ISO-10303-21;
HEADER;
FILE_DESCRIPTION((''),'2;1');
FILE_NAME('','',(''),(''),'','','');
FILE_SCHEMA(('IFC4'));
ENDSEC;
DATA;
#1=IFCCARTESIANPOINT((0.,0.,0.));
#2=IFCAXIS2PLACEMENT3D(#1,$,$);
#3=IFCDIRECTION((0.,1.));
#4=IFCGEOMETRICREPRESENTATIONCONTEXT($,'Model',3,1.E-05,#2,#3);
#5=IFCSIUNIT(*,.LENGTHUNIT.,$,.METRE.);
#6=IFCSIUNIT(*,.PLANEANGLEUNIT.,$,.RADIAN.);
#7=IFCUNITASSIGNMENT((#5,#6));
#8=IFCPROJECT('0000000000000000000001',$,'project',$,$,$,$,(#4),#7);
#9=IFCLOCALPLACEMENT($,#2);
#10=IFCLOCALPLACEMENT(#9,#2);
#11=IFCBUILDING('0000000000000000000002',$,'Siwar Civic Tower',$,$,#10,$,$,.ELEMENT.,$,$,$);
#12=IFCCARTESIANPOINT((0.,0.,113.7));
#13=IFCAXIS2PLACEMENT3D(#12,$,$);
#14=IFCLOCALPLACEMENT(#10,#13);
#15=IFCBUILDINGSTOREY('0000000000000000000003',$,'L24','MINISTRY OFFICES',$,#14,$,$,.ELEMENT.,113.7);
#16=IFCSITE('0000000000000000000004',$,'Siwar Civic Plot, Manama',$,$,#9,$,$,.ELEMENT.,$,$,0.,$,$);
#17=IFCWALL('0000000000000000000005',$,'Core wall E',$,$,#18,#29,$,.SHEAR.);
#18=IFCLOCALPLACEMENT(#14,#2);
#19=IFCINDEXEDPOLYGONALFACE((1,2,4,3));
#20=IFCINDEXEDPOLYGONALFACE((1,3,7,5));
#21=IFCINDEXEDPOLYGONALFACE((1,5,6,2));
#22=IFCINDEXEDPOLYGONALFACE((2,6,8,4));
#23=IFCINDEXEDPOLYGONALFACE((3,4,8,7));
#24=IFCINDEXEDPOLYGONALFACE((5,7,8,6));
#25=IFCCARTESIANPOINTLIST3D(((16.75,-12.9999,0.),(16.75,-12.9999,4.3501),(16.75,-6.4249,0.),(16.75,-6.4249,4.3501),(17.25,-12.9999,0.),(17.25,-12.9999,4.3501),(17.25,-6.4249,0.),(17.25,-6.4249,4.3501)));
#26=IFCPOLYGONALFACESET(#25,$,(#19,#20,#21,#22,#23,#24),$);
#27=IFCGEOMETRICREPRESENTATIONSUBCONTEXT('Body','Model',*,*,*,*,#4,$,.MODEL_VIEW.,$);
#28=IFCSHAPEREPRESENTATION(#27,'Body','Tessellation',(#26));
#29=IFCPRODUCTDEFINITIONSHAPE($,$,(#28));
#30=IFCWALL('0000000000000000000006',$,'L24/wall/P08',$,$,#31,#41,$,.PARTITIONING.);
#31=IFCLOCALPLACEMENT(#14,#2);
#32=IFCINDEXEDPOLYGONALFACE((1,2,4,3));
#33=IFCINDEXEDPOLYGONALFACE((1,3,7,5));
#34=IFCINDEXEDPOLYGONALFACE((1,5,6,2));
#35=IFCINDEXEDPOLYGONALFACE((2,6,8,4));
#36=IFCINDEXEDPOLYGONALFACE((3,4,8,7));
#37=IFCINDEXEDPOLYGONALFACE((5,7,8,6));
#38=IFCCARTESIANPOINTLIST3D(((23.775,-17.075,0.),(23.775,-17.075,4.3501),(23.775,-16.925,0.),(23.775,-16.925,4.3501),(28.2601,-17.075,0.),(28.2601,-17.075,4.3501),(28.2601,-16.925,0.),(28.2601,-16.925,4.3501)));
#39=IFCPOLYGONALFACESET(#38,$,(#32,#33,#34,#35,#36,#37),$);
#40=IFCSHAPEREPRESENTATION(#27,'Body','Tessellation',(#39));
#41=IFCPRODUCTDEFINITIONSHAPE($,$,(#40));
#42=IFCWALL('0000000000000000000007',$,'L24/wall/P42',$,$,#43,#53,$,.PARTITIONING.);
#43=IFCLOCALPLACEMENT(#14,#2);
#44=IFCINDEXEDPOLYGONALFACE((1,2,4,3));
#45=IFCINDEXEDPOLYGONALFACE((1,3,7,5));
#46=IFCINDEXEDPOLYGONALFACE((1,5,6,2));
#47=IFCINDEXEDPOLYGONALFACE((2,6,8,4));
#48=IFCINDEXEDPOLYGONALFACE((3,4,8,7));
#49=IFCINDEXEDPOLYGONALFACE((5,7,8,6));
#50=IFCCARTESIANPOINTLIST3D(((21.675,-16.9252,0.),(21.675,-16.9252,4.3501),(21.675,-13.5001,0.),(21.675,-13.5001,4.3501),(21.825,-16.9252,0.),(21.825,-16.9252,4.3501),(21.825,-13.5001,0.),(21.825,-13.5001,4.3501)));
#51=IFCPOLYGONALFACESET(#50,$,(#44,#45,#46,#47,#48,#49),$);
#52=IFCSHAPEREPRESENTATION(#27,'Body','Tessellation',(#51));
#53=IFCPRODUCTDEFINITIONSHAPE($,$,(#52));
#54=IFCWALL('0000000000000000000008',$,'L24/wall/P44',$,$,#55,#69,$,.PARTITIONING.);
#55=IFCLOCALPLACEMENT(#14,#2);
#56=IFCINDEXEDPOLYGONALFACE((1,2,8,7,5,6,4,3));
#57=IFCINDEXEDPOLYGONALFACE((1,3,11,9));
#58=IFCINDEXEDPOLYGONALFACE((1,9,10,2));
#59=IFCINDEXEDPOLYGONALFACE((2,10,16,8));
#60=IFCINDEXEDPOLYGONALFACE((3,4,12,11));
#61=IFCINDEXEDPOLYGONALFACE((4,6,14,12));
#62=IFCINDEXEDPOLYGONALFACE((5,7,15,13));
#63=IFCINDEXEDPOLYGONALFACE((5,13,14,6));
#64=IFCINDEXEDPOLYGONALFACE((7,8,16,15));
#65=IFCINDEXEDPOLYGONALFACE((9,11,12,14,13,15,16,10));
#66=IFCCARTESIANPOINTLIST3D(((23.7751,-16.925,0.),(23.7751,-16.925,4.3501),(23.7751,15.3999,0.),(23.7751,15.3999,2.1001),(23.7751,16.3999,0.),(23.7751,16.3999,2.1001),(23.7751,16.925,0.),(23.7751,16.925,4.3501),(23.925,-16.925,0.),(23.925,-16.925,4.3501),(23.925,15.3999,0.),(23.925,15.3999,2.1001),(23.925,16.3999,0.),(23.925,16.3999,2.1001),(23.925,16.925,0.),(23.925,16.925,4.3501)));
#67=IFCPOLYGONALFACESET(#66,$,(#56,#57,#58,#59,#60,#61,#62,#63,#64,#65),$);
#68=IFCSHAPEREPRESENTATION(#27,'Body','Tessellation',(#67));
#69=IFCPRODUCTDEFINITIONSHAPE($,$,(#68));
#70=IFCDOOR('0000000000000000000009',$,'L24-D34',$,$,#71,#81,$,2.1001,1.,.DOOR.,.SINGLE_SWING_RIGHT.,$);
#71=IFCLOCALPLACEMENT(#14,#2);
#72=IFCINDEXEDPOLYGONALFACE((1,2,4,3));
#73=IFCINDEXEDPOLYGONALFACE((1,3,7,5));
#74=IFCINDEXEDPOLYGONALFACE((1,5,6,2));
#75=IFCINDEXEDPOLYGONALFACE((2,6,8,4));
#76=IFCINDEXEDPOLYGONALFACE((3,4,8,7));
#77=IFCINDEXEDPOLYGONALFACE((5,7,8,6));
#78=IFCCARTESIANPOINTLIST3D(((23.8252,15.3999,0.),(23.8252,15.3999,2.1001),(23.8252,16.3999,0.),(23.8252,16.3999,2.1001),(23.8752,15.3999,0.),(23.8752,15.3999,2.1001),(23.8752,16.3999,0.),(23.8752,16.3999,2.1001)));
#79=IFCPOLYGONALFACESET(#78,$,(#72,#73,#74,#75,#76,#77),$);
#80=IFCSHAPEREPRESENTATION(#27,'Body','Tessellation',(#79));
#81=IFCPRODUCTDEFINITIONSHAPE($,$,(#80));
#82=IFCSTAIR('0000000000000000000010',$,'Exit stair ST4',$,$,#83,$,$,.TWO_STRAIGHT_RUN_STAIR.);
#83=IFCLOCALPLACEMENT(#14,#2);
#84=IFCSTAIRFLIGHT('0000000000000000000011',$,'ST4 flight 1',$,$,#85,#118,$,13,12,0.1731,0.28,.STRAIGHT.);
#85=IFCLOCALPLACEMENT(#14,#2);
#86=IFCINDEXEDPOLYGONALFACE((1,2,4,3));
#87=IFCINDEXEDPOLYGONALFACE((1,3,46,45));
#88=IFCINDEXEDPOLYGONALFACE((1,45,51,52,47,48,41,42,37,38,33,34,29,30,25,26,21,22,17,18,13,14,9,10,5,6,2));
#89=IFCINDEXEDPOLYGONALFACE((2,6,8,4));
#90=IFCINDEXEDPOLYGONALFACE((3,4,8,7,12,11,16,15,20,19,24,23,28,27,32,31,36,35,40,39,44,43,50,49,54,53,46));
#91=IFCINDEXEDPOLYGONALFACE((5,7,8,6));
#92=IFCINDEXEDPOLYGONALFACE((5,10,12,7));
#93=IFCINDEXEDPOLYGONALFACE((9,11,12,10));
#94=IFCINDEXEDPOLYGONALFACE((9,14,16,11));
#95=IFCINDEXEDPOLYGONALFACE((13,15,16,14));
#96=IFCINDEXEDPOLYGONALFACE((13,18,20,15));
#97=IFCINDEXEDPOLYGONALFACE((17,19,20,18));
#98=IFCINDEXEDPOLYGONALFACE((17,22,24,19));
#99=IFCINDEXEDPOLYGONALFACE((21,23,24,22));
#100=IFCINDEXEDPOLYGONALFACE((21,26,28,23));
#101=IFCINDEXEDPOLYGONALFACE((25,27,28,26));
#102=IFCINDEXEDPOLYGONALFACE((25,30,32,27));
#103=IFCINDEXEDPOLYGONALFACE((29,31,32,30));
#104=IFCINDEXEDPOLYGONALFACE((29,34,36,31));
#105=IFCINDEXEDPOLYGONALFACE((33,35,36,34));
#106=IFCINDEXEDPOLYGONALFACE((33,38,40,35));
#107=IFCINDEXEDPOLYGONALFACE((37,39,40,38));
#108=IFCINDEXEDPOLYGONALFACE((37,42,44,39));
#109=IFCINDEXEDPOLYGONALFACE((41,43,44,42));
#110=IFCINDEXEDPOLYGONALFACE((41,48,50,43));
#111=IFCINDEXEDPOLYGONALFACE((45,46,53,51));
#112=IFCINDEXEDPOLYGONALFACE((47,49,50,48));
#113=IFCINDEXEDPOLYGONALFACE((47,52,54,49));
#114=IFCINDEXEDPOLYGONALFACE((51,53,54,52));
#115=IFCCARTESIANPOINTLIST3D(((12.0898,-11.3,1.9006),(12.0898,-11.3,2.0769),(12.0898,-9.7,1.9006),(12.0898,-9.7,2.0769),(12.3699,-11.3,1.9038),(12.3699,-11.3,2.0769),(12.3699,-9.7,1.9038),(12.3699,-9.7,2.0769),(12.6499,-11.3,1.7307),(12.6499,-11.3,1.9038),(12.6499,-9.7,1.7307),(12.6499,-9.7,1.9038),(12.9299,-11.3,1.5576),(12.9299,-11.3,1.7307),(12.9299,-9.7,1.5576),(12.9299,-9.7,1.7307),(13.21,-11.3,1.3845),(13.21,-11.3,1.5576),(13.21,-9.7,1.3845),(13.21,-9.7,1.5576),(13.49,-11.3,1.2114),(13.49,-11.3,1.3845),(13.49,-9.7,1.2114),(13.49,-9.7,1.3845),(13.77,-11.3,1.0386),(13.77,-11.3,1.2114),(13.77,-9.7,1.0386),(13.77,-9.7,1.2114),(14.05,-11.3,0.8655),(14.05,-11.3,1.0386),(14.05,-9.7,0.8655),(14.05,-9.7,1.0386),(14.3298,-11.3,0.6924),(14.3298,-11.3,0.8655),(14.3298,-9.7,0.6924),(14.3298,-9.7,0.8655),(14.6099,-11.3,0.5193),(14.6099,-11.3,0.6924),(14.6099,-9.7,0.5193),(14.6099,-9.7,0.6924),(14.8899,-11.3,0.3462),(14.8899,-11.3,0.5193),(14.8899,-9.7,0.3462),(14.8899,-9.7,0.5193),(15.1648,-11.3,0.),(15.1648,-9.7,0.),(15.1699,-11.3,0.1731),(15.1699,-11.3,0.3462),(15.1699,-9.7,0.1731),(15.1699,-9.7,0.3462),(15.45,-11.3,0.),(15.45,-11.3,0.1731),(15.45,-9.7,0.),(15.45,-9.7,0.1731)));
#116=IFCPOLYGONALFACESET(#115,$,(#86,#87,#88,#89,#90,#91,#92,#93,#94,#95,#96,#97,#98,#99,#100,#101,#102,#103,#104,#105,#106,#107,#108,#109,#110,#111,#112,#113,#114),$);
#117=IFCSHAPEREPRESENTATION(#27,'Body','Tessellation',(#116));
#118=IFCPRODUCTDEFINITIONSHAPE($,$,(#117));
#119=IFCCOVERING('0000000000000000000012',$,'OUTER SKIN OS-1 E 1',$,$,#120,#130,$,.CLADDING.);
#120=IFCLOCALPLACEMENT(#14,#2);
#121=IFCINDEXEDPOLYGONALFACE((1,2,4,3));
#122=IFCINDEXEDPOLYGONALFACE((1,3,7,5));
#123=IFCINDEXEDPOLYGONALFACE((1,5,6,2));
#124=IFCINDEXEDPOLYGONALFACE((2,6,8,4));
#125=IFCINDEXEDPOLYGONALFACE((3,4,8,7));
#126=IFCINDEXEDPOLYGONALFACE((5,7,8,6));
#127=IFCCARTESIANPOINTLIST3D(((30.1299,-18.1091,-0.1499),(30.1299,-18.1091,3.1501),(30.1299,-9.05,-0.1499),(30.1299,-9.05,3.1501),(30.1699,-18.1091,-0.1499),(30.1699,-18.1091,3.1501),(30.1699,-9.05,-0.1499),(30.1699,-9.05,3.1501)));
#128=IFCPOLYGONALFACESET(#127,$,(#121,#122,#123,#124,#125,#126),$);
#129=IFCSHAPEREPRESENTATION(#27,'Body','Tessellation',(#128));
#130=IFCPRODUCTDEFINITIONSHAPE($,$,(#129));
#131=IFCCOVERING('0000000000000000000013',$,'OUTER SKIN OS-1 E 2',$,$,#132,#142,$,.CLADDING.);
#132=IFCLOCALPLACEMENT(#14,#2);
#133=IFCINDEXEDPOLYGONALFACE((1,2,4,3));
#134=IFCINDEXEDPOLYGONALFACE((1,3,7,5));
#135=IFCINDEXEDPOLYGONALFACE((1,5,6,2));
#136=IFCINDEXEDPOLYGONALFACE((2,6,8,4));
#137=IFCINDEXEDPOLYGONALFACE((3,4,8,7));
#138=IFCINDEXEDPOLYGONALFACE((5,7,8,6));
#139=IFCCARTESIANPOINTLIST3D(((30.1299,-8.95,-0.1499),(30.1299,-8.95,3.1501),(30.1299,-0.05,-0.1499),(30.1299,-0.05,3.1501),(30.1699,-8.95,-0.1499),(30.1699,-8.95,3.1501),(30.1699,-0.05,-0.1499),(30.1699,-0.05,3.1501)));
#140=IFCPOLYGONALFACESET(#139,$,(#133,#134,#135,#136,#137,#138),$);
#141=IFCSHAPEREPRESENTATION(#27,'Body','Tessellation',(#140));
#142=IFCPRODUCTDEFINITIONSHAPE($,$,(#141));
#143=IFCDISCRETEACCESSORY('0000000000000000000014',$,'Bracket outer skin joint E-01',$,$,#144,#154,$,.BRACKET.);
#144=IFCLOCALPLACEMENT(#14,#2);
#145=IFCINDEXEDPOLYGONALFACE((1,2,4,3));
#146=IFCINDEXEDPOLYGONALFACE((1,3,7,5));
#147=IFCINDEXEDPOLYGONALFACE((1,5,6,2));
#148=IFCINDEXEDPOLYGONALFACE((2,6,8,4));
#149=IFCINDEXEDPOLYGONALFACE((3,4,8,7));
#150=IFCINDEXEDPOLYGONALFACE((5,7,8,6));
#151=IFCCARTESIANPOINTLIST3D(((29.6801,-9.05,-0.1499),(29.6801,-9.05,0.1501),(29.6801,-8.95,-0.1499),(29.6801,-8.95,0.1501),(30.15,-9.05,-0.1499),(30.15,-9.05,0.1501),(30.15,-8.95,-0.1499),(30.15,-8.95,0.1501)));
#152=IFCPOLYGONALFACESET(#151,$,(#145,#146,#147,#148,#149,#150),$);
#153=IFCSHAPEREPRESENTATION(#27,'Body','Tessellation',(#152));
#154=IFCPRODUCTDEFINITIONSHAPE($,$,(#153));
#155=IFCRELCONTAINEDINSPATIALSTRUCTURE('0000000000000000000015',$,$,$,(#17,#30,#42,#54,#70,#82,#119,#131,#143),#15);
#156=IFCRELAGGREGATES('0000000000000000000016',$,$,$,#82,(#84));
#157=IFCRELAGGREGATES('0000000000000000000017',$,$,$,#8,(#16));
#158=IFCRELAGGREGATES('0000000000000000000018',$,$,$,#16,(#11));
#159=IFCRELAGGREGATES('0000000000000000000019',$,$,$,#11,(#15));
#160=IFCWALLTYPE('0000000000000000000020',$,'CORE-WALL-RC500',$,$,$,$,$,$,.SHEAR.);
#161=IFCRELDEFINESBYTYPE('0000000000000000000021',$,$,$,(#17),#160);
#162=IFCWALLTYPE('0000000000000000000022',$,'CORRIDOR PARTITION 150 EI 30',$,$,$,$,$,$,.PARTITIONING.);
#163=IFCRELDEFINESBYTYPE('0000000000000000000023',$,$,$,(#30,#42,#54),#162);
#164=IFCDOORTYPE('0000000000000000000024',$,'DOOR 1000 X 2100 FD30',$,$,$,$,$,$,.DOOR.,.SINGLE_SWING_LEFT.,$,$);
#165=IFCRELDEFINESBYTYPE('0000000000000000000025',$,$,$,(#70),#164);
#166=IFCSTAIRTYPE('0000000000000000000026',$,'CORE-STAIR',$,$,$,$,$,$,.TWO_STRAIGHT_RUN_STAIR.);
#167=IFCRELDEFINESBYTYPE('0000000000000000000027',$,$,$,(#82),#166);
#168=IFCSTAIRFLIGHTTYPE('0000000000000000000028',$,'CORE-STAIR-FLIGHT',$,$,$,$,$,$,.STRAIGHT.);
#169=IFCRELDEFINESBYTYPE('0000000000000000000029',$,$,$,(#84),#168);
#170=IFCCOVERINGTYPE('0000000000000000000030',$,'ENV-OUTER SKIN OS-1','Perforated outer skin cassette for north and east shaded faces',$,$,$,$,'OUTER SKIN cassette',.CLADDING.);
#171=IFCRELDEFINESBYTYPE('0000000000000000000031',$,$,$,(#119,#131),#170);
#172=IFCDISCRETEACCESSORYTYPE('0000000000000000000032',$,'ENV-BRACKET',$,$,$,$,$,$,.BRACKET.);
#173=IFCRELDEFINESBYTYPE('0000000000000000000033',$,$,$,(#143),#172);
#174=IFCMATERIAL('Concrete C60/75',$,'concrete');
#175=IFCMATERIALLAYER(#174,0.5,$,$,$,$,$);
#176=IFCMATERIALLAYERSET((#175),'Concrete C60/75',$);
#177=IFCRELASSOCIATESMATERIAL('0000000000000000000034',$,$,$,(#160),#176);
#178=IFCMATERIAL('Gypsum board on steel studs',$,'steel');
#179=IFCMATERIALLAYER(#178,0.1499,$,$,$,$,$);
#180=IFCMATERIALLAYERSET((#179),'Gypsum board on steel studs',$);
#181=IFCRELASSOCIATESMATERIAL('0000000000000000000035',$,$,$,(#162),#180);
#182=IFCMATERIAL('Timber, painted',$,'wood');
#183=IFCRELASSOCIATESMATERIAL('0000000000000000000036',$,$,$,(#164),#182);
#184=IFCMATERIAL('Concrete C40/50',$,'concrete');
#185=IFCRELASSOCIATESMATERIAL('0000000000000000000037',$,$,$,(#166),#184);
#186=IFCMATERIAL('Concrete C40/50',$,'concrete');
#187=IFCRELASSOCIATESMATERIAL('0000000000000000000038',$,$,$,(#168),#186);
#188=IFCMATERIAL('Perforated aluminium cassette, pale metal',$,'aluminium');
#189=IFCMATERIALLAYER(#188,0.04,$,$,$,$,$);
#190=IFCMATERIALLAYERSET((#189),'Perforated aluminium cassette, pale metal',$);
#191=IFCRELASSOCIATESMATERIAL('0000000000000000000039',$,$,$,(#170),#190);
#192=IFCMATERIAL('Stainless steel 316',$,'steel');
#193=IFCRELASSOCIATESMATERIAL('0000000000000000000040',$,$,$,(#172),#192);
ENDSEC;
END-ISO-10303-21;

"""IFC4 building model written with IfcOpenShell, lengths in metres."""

from ifc_helpers import new_model, si_unit, direction, frame, frame_2d, origin, origin_2d, place, context, subcontext, project, spatial, polyline, rectangle, outline, extrude, material, layer, layer_set, type_object, element, fill, aggregate, save


model = new_model("IFC4")

# Units and contexts
model_context = context("Model", 3, precision=1e-05, world=origin(), true_north=direction((0.0, 1.0)))
body_context = subcontext(model_context, "Body", "Model", "MODEL_VIEW")
ifc_project = project(units=[si_unit("LENGTHUNIT", "METRE"), si_unit("PLANEANGLEUNIT", "RADIAN")], contexts=[model_context])

# Site, building, storey
site_placement = place(None, origin())
site = spatial("IfcSite", under=ifc_project, at=site_placement, Name="Siwar Civic Plot, Manama", CompositionType="ELEMENT", RefElevation=0.0)
building_placement = place(site_placement, origin())
building = spatial("IfcBuilding", under=site, at=building_placement, Name="Siwar Civic Tower", CompositionType="ELEMENT")
storey_placement = place(building_placement, frame((0.0, 0.0, 113.7)))
storey = spatial("IfcBuildingStorey", under=building, at=storey_placement, Name="L24", Description="MINISTRY OFFICES", CompositionType="ELEMENT", Elevation=113.7)

# Shared definitions
ifc_material_1 = material(Name="Concrete C60/75", Category="concrete")
ifc_layer_1 = layer(ifc_material_1, 0.5)
ifc_layer_set_1 = layer_set([ifc_layer_1], Name="Concrete C60/75")
wall_type_1 = type_object("IfcWallType", Name="CORE-WALL-RC500", PredefinedType="SHEAR", material=ifc_layer_set_1)

# Walls
wall_1_placement = place(storey_placement, frame((17.0, -13.0, 0.0), z_axis=(0.0, 0.0, 1.0), x_axis=(0.0, 1.0, 0.0)))
element("IfcWall", 1, at=wall_1_placement, inside=storey, type_object=wall_type_1, Name="Core wall E", PredefinedType="SHEAR", context=body_context, shape_type="SweptSolid", body=[
    extrude(rectangle(XDim=6.575, YDim=0.5, at=frame_2d((3.2876, 0.0))), origin(), (0.0, 0.0, 1.0), 4.3501),
])
ifc_material_2 = material(Name="Gypsum board on steel studs", Category="steel")
ifc_layer_2 = layer(ifc_material_2, 0.1499)
ifc_layer_set_2 = layer_set([ifc_layer_2], Name="Gypsum board on steel studs")
wall_type_2 = type_object("IfcWallType", Name="CORRIDOR PARTITION 150 EI 30", PredefinedType="PARTITIONING", material=ifc_layer_set_2)
wall_2_placement = place(storey_placement, frame((23.7749, -17.0, 0.0), z_axis=(0.0, 0.0, 1.0), x_axis=(1.0, 0.0, 0.0)))
element("IfcWall", 2, at=wall_2_placement, inside=storey, type_object=wall_type_2, Name="L24/wall/P08", PredefinedType="PARTITIONING", context=body_context, shape_type="SweptSolid", body=[
    extrude(rectangle(XDim=4.4851, YDim=0.1499, at=frame_2d((2.2427, 0.0))), origin(), (0.0, 0.0, 1.0), 4.3501),
])
wall_3_placement = place(storey_placement, frame((21.75, -16.925, 0.0), z_axis=(0.0, 0.0, 1.0), x_axis=(0.0, 1.0, 0.0)))
element("IfcWall", 3, at=wall_3_placement, inside=storey, type_object=wall_type_2, Name="L24/wall/P42", PredefinedType="PARTITIONING", context=body_context, shape_type="SweptSolid", body=[
    extrude(rectangle(XDim=3.425, YDim=0.1499, at=frame_2d((1.7124, 0.0))), origin(), (0.0, 0.0, 1.0), 4.3501),
])

# Wall, opening, door
wall_4_placement = place(storey_placement, frame((23.8501, -16.925, 0.0), z_axis=(0.0, 0.0, 1.0), x_axis=(0.0, 1.0, 0.0)))
wall_4 = element("IfcWall", 4, at=wall_4_placement, inside=storey, type_object=wall_type_2, Name="L24/wall/P44", PredefinedType="PARTITIONING", context=body_context, shape_type="SweptSolid", body=[
    extrude(rectangle(XDim=33.8501, YDim=0.1499, at=frame_2d((16.925, 0.0))), origin(), (0.0, 0.0, 1.0), 4.3501),
])
opening_1_placement = place(wall_4_placement, frame((32.325, 0.0, 0.0)))
opening_1 = element("IfcOpeningElement", 5, at=opening_1_placement, cuts=wall_4, PredefinedType="OPENING", context=body_context, shape_type="SweptSolid", body=[
    extrude(rectangle(XDim=1.0, YDim=2.1001, at=frame_2d((0.5, 1.05))), frame((0.0, 0.085, 0.0), z_axis=(0.0, -1.0, 0.0), x_axis=(1.0, 0.0, 0.0)), (0.0, 0.0, 1.0), 0.1699),
])
ifc_material_3 = material(Name="Timber, painted", Category="wood")
door_type_1 = type_object("IfcDoorType", Name="DOOR 1000 X 2100 FD30", OperationType="SINGLE_SWING_LEFT", PredefinedType="DOOR", material=ifc_material_3)
door_1_placement = place(opening_1_placement, origin())
door_1 = element("IfcDoor", 6, at=door_1_placement, inside=storey, type_object=door_type_1, Name="L24-D34", OperationType="SINGLE_SWING_RIGHT", OverallHeight=2.1001, OverallWidth=1.0, PredefinedType="DOOR", context=body_context, shape_type="SweptSolid", body=[
    extrude(rectangle(XDim=1.0, YDim=2.1001, at=frame_2d((0.5, 1.05))), frame((0.0, 0.0249, 0.0), z_axis=(0.0, -1.0, 0.0), x_axis=(1.0, 0.0, 0.0)), (0.0, 0.0, 1.0), 0.05),
])
fill(opening_1, door_1)

# Stair, stair flight
ifc_material_4 = material(Name="Concrete C40/50", Category="concrete")
stair_type = type_object("IfcStairType", Name="CORE-STAIR", PredefinedType="TWO_STRAIGHT_RUN_STAIR", material=ifc_material_4)
stair_placement = place(storey_placement, origin())
stair = element("IfcStair", 7, at=stair_placement, inside=storey, type_object=stair_type, Name="Exit stair ST4", PredefinedType="TWO_STRAIGHT_RUN_STAIR")
ifc_material_5 = material(Name="Concrete C40/50", Category="concrete")
stair_flight_type = type_object("IfcStairFlightType", Name="CORE-STAIR-FLIGHT", PredefinedType="STRAIGHT", material=ifc_material_5)
stair_flight_placement = place(storey_placement, frame((15.45, -10.5, 0.0), z_axis=(0.0, 0.0, 1.0), x_axis=(-1.0, 0.0, 0.0)))
stair_flight = element("IfcStairFlight", 8, at=stair_flight_placement, type_object=stair_flight_type, Name="ST4 flight 1", NumberOfRisers=13, NumberOfTreads=12, PredefinedType="STRAIGHT", RiserHeight=0.1731, TreadLength=0.28, context=body_context, shape_type="SweptSolid", body=[
    extrude(outline(polyline([(0.0, 0.0), (0.0, 0.1731), (0.28, 0.1731), (0.28, 0.3462), (0.5601, 0.3462), (0.5601, 0.5193), (0.8401, 0.5193), (0.8401, 0.6924), (1.1201, 0.6924), (1.1201, 0.8655), (1.3999, 0.8655), (1.3999, 1.0386), (1.6799, 1.0386), (1.6799, 1.2114), (1.96, 1.2114), (1.96, 1.3845), (2.24, 1.3845), (2.24, 1.5576), (2.52, 1.5576), (2.52, 1.7307), (2.8, 1.7307), (2.8, 1.9038), (3.0801, 1.9038), (3.0801, 2.0769), (3.3601, 2.0769), (3.3601, 2.25), (3.3601, 1.9006), (0.2852, 0.0), (0.0, 0.0)])), frame((0.0, 0.8, 0.0), z_axis=(0.0, -1.0, 0.0), x_axis=(1.0, 0.0, 0.0)), (0.0, 0.0, 1.0), 1.6001),
])
aggregate(stair, [stair_flight])

# Coverings
ifc_material_6 = material(Name="Perforated aluminium cassette, pale metal", Category="aluminium")
ifc_layer_3 = layer(ifc_material_6, 0.04)
ifc_layer_set_3 = layer_set([ifc_layer_3], Name="Perforated aluminium cassette, pale metal")
covering_type = type_object("IfcCoveringType", Name="ENV-OUTER SKIN OS-1", Description="Perforated outer skin cassette for north and east shaded faces", ElementType="OUTER SKIN cassette", PredefinedType="CLADDING", material=ifc_layer_set_3)
covering_1_placement = place(storey_placement, frame((30.1499, -13.5796, -0.1499), z_axis=(0.0, 0.0, 1.0), x_axis=(0.0, 1.0, 0.0)))
element("IfcCovering", 9, at=covering_1_placement, inside=storey, type_object=covering_type, Name="OUTER SKIN OS-1 E 1", PredefinedType="CLADDING", context=body_context, shape_type="SweptSolid", body=[
    extrude(rectangle(XDim=9.0591, YDim=0.04, at=origin_2d()), origin(), (0.0, 0.0, 1.0), 3.3),
])
covering_2_placement = place(storey_placement, frame((30.1499, -4.5, -0.1499), z_axis=(0.0, 0.0, 1.0), x_axis=(0.0, 1.0, 0.0)))
element("IfcCovering", 10, at=covering_2_placement, inside=storey, type_object=covering_type, Name="OUTER SKIN OS-1 E 2", PredefinedType="CLADDING", context=body_context, shape_type="SweptSolid", body=[
    extrude(rectangle(XDim=8.8999, YDim=0.04, at=origin_2d()), origin(), (0.0, 0.0, 1.0), 3.3),
])

# Discrete accessory
ifc_material_7 = material(Name="Stainless steel 316", Category="steel")
discrete_accessory_type = type_object("IfcDiscreteAccessoryType", Name="ENV-BRACKET", PredefinedType="BRACKET", material=ifc_material_7)
discrete_accessory_placement = place(storey_placement, frame((29.915, -9.0, -0.1499), z_axis=(0.0, 0.0, 1.0), x_axis=(1.0, 0.0, 0.0)))
element("IfcDiscreteAccessory", 11, at=discrete_accessory_placement, inside=storey, type_object=discrete_accessory_type, Name="Bracket outer skin joint E-01", PredefinedType="BRACKET", context=body_context, shape_type="SweptSolid", body=[
    extrude(rectangle(XDim=0.47, YDim=0.1001, at=origin_2d()), origin(), (0.0, 0.0, 1.0), 0.3),
])

save(model, "model.ifc")
